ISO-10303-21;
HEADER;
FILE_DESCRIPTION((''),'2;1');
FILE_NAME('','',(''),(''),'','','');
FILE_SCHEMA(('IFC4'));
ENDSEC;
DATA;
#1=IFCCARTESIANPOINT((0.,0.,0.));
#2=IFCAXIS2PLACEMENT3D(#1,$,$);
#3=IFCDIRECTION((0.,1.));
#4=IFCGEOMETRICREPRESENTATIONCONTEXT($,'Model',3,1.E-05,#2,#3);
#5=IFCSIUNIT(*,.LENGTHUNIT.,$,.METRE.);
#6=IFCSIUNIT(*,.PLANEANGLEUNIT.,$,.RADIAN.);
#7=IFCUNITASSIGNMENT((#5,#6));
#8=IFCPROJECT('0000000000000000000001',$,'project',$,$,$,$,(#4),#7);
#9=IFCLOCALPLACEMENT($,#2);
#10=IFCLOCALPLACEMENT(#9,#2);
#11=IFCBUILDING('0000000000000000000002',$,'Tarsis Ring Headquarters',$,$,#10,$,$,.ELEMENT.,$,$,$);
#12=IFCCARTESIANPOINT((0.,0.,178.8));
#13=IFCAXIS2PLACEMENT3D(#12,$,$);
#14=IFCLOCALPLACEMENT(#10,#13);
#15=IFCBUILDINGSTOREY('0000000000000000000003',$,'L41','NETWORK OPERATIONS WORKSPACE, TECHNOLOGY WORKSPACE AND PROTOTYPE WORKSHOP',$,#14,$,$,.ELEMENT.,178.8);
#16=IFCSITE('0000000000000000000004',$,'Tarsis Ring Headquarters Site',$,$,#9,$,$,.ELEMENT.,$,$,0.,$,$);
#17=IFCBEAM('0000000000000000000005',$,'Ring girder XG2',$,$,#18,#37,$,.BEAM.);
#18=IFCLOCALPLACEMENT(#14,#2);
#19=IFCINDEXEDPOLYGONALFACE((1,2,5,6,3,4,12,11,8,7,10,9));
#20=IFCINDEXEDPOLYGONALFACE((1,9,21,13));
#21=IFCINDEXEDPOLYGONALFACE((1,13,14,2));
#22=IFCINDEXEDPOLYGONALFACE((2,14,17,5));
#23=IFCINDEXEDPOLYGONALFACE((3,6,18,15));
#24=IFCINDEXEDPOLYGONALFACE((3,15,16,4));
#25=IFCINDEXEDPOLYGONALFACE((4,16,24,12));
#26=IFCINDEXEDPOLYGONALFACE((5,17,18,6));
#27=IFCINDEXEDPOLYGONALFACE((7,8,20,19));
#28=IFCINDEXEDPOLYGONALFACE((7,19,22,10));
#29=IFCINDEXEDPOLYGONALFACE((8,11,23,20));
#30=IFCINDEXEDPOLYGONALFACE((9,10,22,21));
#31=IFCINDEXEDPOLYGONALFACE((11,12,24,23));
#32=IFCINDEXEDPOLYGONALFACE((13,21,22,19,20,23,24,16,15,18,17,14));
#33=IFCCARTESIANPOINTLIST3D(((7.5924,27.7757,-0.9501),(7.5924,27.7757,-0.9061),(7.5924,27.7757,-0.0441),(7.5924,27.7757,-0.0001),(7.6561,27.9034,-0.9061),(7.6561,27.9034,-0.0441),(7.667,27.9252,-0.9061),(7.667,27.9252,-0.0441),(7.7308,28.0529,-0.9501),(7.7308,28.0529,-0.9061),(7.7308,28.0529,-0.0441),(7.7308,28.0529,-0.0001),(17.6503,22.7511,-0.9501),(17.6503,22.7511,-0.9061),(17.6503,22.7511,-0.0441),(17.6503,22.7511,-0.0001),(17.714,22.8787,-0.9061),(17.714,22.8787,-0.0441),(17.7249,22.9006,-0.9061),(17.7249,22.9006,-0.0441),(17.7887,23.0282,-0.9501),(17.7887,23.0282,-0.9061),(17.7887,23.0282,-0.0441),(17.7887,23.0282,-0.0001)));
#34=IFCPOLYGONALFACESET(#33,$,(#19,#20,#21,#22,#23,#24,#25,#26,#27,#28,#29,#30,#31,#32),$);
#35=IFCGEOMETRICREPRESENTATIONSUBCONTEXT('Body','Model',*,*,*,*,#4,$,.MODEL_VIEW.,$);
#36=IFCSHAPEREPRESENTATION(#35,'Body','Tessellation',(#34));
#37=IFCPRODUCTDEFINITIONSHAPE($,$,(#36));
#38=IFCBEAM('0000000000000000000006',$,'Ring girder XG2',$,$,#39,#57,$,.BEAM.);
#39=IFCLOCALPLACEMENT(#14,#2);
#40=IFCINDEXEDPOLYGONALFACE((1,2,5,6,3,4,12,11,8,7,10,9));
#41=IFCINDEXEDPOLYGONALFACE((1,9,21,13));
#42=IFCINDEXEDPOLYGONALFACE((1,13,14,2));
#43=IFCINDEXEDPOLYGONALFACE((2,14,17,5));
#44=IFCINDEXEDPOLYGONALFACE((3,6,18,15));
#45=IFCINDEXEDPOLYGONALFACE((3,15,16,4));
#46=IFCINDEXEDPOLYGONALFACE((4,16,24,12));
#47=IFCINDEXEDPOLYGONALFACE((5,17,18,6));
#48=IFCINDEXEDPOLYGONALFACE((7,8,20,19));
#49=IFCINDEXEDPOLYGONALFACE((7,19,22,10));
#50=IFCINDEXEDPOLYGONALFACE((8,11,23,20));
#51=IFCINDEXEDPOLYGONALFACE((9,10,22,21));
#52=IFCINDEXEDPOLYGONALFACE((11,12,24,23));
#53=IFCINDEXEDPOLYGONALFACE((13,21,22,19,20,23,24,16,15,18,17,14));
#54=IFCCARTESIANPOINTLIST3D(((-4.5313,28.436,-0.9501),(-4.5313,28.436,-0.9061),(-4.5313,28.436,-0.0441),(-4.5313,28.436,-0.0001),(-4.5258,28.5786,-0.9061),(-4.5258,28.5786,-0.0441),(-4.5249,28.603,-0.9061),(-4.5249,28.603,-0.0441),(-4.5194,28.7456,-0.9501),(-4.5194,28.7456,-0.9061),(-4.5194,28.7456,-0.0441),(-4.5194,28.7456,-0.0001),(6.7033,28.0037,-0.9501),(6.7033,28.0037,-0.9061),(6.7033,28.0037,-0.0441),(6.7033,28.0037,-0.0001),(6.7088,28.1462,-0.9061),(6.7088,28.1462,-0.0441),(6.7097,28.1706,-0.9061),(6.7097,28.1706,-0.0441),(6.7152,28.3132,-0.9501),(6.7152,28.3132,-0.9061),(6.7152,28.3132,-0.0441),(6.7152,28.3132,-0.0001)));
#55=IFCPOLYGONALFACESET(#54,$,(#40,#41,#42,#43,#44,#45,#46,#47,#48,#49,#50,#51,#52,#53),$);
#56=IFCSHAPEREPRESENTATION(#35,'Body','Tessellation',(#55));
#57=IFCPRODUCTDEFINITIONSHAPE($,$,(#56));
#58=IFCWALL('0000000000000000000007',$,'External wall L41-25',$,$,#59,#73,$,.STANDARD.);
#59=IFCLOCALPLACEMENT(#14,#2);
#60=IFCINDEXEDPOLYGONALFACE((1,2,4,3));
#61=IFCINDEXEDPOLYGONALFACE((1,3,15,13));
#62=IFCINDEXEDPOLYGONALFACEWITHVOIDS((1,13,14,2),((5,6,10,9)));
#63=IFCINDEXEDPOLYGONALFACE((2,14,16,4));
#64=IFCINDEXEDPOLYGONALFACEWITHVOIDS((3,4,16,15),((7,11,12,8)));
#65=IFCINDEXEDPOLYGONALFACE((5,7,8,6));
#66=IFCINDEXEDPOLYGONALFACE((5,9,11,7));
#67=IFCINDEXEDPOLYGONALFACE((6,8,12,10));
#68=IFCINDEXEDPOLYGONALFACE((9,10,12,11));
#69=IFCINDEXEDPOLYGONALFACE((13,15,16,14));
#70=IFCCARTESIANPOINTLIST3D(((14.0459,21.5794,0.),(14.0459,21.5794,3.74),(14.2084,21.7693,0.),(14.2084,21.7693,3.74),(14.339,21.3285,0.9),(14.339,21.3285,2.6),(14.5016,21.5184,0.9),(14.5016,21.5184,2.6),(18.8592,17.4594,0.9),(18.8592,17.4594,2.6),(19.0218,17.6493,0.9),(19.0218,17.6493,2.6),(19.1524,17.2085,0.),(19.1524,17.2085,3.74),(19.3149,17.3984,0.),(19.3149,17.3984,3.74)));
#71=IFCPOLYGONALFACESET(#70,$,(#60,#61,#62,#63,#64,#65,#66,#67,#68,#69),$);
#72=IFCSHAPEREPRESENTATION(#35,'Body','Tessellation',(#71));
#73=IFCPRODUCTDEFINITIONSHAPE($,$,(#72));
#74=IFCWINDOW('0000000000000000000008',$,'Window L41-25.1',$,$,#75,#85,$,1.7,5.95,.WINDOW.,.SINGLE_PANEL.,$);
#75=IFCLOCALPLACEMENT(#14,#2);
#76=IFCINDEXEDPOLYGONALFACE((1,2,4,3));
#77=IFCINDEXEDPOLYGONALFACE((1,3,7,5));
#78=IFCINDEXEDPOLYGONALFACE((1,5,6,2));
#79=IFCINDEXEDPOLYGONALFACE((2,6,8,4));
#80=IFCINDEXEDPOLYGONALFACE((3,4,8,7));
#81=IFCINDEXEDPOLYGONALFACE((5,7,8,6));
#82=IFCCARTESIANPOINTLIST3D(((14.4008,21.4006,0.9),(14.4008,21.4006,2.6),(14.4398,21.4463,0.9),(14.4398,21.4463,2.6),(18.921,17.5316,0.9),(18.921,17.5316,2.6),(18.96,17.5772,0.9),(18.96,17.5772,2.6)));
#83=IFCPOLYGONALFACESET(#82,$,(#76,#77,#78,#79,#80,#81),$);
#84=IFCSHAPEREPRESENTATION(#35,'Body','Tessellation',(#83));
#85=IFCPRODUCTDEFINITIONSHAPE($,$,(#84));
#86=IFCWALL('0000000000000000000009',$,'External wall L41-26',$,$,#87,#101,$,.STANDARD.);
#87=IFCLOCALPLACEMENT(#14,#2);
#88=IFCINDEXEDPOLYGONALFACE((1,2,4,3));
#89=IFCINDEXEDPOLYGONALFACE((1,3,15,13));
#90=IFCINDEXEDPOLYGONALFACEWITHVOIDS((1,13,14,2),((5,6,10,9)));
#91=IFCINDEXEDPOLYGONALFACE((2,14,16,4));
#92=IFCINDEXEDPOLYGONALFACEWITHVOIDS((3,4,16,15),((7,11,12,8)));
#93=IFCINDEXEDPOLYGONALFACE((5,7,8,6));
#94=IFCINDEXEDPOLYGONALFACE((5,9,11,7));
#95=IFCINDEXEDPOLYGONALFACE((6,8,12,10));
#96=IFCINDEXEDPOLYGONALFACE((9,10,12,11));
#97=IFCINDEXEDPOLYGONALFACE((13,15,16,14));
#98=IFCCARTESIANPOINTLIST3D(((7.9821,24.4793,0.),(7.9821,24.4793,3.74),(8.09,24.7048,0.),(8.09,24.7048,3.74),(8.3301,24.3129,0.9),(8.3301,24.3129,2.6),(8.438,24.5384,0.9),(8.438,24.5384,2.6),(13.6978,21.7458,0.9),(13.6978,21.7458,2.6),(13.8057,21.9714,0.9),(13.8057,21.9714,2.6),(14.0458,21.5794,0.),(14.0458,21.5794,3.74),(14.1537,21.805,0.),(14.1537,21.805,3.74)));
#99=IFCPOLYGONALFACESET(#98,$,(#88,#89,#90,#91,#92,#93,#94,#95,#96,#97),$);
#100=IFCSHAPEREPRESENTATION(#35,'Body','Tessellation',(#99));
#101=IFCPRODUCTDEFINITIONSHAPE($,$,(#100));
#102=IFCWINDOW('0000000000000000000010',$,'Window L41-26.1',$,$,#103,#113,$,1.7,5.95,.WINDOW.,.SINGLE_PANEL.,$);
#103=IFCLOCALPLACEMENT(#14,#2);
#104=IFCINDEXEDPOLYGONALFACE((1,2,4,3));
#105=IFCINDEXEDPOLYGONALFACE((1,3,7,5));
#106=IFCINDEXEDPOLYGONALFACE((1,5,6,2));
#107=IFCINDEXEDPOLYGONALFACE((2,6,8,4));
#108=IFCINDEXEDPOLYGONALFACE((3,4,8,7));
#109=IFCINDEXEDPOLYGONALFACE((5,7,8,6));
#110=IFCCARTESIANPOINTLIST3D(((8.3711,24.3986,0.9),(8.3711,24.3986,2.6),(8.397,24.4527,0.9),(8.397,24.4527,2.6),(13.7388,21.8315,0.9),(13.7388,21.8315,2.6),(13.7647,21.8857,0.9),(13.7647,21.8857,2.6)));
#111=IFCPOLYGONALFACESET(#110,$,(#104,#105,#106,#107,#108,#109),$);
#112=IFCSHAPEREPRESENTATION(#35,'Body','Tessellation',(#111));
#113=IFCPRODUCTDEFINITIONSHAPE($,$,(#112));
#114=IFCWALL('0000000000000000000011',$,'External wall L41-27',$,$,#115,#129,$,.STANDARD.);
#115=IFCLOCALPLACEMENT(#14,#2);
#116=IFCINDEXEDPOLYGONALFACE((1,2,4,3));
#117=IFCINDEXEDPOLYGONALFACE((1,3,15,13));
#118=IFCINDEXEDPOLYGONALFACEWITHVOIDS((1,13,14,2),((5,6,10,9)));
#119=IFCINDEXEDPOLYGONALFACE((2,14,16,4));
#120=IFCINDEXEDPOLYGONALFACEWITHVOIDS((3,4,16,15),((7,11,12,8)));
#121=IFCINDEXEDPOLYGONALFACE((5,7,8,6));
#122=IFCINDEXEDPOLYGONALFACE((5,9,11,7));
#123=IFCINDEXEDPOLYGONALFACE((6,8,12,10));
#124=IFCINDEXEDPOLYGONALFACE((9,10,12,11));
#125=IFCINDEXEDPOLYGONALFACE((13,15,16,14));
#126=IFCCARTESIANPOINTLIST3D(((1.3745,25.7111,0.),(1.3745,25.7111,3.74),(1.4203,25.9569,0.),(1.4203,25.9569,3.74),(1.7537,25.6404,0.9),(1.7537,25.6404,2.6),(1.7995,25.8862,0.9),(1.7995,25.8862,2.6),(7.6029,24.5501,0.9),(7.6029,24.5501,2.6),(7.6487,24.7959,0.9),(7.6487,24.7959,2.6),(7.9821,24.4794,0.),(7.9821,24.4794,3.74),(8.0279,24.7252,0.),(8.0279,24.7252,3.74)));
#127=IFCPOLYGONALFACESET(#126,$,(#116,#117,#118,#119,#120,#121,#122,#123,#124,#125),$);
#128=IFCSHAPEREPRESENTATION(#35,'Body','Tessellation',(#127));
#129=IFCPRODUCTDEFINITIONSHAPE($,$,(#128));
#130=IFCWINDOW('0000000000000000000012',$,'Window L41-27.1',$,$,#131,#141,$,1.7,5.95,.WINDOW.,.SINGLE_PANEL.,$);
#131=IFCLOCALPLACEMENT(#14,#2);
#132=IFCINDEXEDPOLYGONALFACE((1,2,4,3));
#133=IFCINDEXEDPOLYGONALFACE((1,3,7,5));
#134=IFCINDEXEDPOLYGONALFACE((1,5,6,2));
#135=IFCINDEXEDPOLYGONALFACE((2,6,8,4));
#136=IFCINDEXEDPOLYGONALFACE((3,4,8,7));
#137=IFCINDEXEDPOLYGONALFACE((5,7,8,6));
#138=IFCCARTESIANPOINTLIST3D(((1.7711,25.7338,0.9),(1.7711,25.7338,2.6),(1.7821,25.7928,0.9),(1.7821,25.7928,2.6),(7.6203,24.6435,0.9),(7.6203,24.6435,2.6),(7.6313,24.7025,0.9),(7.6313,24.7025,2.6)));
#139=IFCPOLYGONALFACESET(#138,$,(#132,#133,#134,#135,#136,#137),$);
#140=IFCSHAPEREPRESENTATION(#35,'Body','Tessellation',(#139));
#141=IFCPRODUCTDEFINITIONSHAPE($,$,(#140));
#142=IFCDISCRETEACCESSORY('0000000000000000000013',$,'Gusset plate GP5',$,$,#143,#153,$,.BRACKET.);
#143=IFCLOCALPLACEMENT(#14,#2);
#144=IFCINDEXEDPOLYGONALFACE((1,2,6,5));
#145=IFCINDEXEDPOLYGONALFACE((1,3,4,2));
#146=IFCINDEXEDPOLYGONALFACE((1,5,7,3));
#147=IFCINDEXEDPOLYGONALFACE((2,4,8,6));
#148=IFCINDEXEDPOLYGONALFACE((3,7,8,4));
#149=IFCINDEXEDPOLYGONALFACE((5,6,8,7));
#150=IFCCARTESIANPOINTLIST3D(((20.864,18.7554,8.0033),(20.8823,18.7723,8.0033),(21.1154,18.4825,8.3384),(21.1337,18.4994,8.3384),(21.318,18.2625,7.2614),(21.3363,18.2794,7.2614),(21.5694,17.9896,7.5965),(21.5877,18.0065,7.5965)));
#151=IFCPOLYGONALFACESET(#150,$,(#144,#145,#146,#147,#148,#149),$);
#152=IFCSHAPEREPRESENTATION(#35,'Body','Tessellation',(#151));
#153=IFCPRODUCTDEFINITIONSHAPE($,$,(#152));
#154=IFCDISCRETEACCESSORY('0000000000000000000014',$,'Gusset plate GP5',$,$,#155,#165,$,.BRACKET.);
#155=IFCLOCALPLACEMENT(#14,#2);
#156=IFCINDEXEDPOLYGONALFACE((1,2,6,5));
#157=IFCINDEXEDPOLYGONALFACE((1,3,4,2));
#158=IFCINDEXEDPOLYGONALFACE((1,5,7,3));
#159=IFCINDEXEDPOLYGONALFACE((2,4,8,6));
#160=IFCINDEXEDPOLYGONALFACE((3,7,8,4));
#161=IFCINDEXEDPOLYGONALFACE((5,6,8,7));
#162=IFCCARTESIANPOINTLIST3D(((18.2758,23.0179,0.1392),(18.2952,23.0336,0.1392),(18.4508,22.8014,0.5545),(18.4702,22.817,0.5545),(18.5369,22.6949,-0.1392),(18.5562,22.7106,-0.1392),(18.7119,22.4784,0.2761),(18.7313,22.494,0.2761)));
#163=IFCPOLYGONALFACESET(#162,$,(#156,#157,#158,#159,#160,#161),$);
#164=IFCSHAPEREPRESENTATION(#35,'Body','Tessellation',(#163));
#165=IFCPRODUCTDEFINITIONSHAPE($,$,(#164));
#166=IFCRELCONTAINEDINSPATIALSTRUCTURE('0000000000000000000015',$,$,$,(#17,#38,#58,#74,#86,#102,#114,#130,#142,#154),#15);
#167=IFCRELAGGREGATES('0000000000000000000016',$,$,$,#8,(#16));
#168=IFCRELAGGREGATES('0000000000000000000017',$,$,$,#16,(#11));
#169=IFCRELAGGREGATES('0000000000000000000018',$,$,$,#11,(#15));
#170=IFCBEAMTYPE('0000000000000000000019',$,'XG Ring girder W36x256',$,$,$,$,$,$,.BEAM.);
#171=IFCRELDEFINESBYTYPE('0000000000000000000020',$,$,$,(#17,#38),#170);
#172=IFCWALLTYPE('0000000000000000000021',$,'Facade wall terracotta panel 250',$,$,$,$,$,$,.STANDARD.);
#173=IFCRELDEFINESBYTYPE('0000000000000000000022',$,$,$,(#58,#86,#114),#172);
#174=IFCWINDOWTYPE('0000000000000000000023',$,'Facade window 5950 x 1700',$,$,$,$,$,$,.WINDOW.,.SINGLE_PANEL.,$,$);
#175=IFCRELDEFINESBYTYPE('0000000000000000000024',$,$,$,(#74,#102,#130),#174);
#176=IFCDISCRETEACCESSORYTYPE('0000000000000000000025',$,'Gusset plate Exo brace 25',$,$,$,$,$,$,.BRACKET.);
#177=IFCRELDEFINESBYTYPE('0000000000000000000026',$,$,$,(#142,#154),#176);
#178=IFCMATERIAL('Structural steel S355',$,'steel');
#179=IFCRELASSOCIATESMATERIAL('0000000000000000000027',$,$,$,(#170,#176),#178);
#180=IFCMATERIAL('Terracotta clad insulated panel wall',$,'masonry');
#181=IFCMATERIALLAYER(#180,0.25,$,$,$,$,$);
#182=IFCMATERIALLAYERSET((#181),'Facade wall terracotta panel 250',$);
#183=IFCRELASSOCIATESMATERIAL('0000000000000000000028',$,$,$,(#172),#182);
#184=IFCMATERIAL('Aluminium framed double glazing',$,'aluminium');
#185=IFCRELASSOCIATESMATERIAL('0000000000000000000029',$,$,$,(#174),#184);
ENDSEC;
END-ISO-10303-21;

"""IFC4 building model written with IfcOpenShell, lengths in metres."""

from ifc_helpers import new_model, si_unit, direction, frame, frame_2d, origin, origin_2d, place, context, subcontext, project, spatial, rectangle, i_section, extrude, material, layer, layer_set, material_profile, profile_set, type_object, element, fill, save


model = new_model("IFC4")

# Units and contexts
model_context = context("Model", 3, precision=1e-05, world=origin(), true_north=direction((0.0, 1.0)))
body_context = subcontext(model_context, "Body", "Model", "MODEL_VIEW")
ifc_project = project(units=[si_unit("LENGTHUNIT", "METRE"), si_unit("PLANEANGLEUNIT", "RADIAN")], contexts=[model_context])

# Site, building, storey
site_placement = place(None, origin())
site = spatial("IfcSite", under=ifc_project, at=site_placement, Name="Tarsis Ring Headquarters Site", CompositionType="ELEMENT", RefElevation=0.0)
building_placement = place(site_placement, origin())
building = spatial("IfcBuilding", under=site, at=building_placement, Name="Tarsis Ring Headquarters", CompositionType="ELEMENT")
storey_placement = place(building_placement, frame((0.0, 0.0, 178.8)))
storey = spatial("IfcBuildingStorey", under=building, at=storey_placement, Name="L41", Description="NETWORK OPERATIONS WORKSPACE, TECHNOLOGY WORKSPACE AND PROTOTYPE WORKSHOP", CompositionType="ELEMENT", Elevation=178.8)

# Shared definitions
ifc_material_1 = material(Name="Structural steel S355", Category="steel")

# Beams
ifc_material_profile_1 = material_profile(ifc_material_1, i_section(OverallWidth=0.3098, OverallDepth=0.95, WebThickness=0.0244, FlangeThickness=0.0439, at=origin_2d()), Name="W36x256")
ifc_profile_set_1 = profile_set([ifc_material_profile_1], Name="Structural steel S355")
beam_type_1 = type_object("IfcBeamType", Name="XG Ring girder W36x256", PredefinedType="BEAM", material=ifc_profile_set_1)
beam_1_placement = place(storey_placement, frame((17.7195, 22.8896, -0.4751), z_axis=(-0.894579, 0.44691, 0.0), x_axis=(-0.44691, -0.894579, 0.0)))
element("IfcBeam", 1, at=beam_1_placement, inside=storey, type_object=beam_type_1, Name="Ring girder XG2", PredefinedType="BEAM", context=body_context, shape_type="SweptSolid", body=[
    extrude(i_section(OverallWidth=0.3098, OverallDepth=0.95, WebThickness=0.0244, FlangeThickness=0.0439, at=origin_2d()), origin(), (0.0, 0.0, 1.0), 11.2432),
])
beam_2_placement = place(storey_placement, frame((6.7092, 28.1584, -0.4751), z_axis=(-0.99926, 0.038457, 0.0), x_axis=(-0.038457, -0.99926, 0.0)))
element("IfcBeam", 2, at=beam_2_placement, inside=storey, type_object=beam_type_1, Name="Ring girder XG2", PredefinedType="BEAM", context=body_context, shape_type="SweptSolid", body=[
    extrude(i_section(OverallWidth=0.3098, OverallDepth=0.95, WebThickness=0.0244, FlangeThickness=0.0439, at=origin_2d()), origin(), (0.0, 0.0, 1.0), 11.2429),
])

# Walls, openings, windows
ifc_material_2 = material(Name="Terracotta clad insulated panel wall", Category="masonry")
ifc_layer = layer(ifc_material_2, 0.25)
ifc_layer_set = layer_set([ifc_layer], Name="Facade wall terracotta panel 250")
wall_type = type_object("IfcWallType", Name="Facade wall terracotta panel 250", PredefinedType="STANDARD", material=ifc_layer_set)
wall_1_placement = place(storey_placement, frame((19.2336, 17.3035, 0.0), z_axis=(0.0, 0.0, 1.0), x_axis=(-0.759705, 0.650268, 0.0)))
wall_1 = element("IfcWall", 3, at=wall_1_placement, inside=storey, type_object=wall_type, Name="External wall L41-25", PredefinedType="STANDARD", context=body_context, shape_type="SweptSolid", body=[
    extrude(rectangle(XDim=6.7217, YDim=0.25, at=frame_2d((3.3608, 0.0))), origin(), (0.0, 0.0, 1.0), 3.74),
])
opening_1_placement = place(wall_1_placement, frame((0.3857, 0.0, 0.8999)))
opening_1 = element("IfcOpeningElement", 4, at=opening_1_placement, cuts=wall_1, PredefinedType="OPENING", context=body_context, shape_type="SweptSolid", body=[
    extrude(rectangle(XDim=5.95, YDim=1.7, at=frame_2d((2.9751, 0.8501))), frame((0.0, 0.135, 0.0), z_axis=(0.0, -1.0, 0.0), x_axis=(1.0, 0.0, 0.0)), (0.0, 0.0, 1.0), 0.27),
])
ifc_material_3 = material(Name="Aluminium framed double glazing", Category="aluminium")
window_type = type_object("IfcWindowType", Name="Facade window 5950 x 1700", PartitioningType="SINGLE_PANEL", PredefinedType="WINDOW", material=ifc_material_3)
window_1_placement = place(opening_1_placement, origin())
window_1 = element("IfcWindow", 5, at=window_1_placement, inside=storey, type_object=window_type, Name="Window L41-25.1", OverallHeight=1.7, OverallWidth=5.95, PartitioningType="SINGLE_PANEL", PredefinedType="WINDOW", context=body_context, shape_type="SweptSolid", body=[
    extrude(rectangle(XDim=5.95, YDim=1.7, at=frame_2d((2.9751, 0.8501))), frame((0.0, 0.03, 0.0), z_axis=(0.0, -1.0, 0.0), x_axis=(1.0, 0.0, 0.0)), (0.0, 0.0, 1.0), 0.0601),
])
fill(opening_1, window_1)
wall_2_placement = place(storey_placement, frame((14.0999, 21.6921, 0.0), z_axis=(0.0, 0.0, 1.0), x_axis=(-0.902142, 0.431439, 0.0)))
wall_2 = element("IfcWall", 6, at=wall_2_placement, inside=storey, type_object=wall_type, Name="External wall L41-26", PredefinedType="STANDARD", context=body_context, shape_type="SweptSolid", body=[
    extrude(rectangle(XDim=6.7214, YDim=0.25, at=frame_2d((3.3608, 0.0))), origin(), (0.0, 0.0, 1.0), 3.74),
])
opening_2_placement = place(wall_2_placement, frame((0.3857, 0.0, 0.8999)))
opening_2 = element("IfcOpeningElement", 7, at=opening_2_placement, cuts=wall_2, PredefinedType="OPENING", context=body_context, shape_type="SweptSolid", body=[
    extrude(rectangle(XDim=5.95, YDim=1.7, at=frame_2d((2.9751, 0.8501))), frame((0.0, 0.135, 0.0), z_axis=(0.0, -1.0, 0.0), x_axis=(1.0, 0.0, 0.0)), (0.0, 0.0, 1.0), 0.27),
])
window_2_placement = place(opening_2_placement, origin())
window_2 = element("IfcWindow", 8, at=window_2_placement, inside=storey, type_object=window_type, Name="Window L41-26.1", OverallHeight=1.7, OverallWidth=5.95, PartitioningType="SINGLE_PANEL", PredefinedType="WINDOW", context=body_context, shape_type="SweptSolid", body=[
    extrude(rectangle(XDim=5.95, YDim=1.7, at=frame_2d((2.9751, 0.8501))), frame((0.0, 0.03, 0.0), z_axis=(0.0, -1.0, 0.0), x_axis=(1.0, 0.0, 0.0)), (0.0, 0.0, 1.0), 0.0601),
])
fill(opening_2, window_2)
wall_3_placement = place(storey_placement, frame((8.0051, 24.6023, 0.0), z_axis=(0.0, 0.0, 1.0), x_axis=(-0.983067, 0.183247, 0.0)))
wall_3 = element("IfcWall", 9, at=wall_3_placement, inside=storey, type_object=wall_type, Name="External wall L41-27", PredefinedType="STANDARD", context=body_context, shape_type="SweptSolid", body=[
    extrude(rectangle(XDim=6.7214, YDim=0.25, at=frame_2d((3.3608, 0.0))), origin(), (0.0, 0.0, 1.0), 3.74),
])
opening_3_placement = place(wall_3_placement, frame((0.3857, 0.0, 0.8999)))
opening_3 = element("IfcOpeningElement", 10, at=opening_3_placement, cuts=wall_3, PredefinedType="OPENING", context=body_context, shape_type="SweptSolid", body=[
    extrude(rectangle(XDim=5.95, YDim=1.7, at=frame_2d((2.9751, 0.8501))), frame((0.0, 0.135, 0.0), z_axis=(0.0, -1.0, 0.0), x_axis=(1.0, 0.0, 0.0)), (0.0, 0.0, 1.0), 0.27),
])
window_3_placement = place(opening_3_placement, origin())
window_3 = element("IfcWindow", 11, at=window_3_placement, inside=storey, type_object=window_type, Name="Window L41-27.1", OverallHeight=1.7, OverallWidth=5.95, PartitioningType="SINGLE_PANEL", PredefinedType="WINDOW", context=body_context, shape_type="SweptSolid", body=[
    extrude(rectangle(XDim=5.95, YDim=1.7, at=frame_2d((2.9751, 0.8501))), frame((0.0, 0.03, 0.0), z_axis=(0.0, -1.0, 0.0), x_axis=(1.0, 0.0, 0.0)), (0.0, 0.0, 1.0), 0.0601),
])
fill(opening_3, window_3)

# Discrete accessories
ifc_material_profile_2 = material_profile(ifc_material_1, rectangle(XDim=0.0249, YDim=0.5, at=origin_2d()), Name="PL 25x500")
ifc_profile_set_2 = profile_set([ifc_material_profile_2], Name="Structural steel S355")
discrete_accessory_type = type_object("IfcDiscreteAccessoryType", Name="Gusset plate Exo brace 25", PredefinedType="BRACKET", material=ifc_profile_set_2)
discrete_accessory_1_placement = place(storey_placement, frame((21.4529, 18.1345, 7.429), z_axis=(-0.454179, 0.493004, 0.74207), x_axis=(-0.735473, -0.677554, 0.0)))
element("IfcDiscreteAccessory", 12, at=discrete_accessory_1_placement, inside=storey, type_object=discrete_accessory_type, Name="Gusset plate GP5", PredefinedType="BRACKET", context=body_context, shape_type="SweptSolid", body=[
    extrude(rectangle(XDim=0.0249, YDim=0.5, at=origin_2d()), origin(), (0.0, 0.0, 1.0), 0.9998),
])
discrete_accessory_2_placement = place(storey_placement, frame((18.416, 22.8643, 0.0), z_axis=(0.3501, -0.433108, 0.830571), x_axis=(0.777694, 0.628643, 0.0)))
element("IfcDiscreteAccessory", 13, at=discrete_accessory_2_placement, inside=storey, type_object=discrete_accessory_type, Name="Gusset plate GP5", PredefinedType="BRACKET", context=body_context, shape_type="SweptSolid", body=[
    extrude(rectangle(XDim=0.0249, YDim=0.5, at=origin_2d()), origin(), (0.0, 0.0, 1.0), 0.5),
])

save(model, "model.ifc")
